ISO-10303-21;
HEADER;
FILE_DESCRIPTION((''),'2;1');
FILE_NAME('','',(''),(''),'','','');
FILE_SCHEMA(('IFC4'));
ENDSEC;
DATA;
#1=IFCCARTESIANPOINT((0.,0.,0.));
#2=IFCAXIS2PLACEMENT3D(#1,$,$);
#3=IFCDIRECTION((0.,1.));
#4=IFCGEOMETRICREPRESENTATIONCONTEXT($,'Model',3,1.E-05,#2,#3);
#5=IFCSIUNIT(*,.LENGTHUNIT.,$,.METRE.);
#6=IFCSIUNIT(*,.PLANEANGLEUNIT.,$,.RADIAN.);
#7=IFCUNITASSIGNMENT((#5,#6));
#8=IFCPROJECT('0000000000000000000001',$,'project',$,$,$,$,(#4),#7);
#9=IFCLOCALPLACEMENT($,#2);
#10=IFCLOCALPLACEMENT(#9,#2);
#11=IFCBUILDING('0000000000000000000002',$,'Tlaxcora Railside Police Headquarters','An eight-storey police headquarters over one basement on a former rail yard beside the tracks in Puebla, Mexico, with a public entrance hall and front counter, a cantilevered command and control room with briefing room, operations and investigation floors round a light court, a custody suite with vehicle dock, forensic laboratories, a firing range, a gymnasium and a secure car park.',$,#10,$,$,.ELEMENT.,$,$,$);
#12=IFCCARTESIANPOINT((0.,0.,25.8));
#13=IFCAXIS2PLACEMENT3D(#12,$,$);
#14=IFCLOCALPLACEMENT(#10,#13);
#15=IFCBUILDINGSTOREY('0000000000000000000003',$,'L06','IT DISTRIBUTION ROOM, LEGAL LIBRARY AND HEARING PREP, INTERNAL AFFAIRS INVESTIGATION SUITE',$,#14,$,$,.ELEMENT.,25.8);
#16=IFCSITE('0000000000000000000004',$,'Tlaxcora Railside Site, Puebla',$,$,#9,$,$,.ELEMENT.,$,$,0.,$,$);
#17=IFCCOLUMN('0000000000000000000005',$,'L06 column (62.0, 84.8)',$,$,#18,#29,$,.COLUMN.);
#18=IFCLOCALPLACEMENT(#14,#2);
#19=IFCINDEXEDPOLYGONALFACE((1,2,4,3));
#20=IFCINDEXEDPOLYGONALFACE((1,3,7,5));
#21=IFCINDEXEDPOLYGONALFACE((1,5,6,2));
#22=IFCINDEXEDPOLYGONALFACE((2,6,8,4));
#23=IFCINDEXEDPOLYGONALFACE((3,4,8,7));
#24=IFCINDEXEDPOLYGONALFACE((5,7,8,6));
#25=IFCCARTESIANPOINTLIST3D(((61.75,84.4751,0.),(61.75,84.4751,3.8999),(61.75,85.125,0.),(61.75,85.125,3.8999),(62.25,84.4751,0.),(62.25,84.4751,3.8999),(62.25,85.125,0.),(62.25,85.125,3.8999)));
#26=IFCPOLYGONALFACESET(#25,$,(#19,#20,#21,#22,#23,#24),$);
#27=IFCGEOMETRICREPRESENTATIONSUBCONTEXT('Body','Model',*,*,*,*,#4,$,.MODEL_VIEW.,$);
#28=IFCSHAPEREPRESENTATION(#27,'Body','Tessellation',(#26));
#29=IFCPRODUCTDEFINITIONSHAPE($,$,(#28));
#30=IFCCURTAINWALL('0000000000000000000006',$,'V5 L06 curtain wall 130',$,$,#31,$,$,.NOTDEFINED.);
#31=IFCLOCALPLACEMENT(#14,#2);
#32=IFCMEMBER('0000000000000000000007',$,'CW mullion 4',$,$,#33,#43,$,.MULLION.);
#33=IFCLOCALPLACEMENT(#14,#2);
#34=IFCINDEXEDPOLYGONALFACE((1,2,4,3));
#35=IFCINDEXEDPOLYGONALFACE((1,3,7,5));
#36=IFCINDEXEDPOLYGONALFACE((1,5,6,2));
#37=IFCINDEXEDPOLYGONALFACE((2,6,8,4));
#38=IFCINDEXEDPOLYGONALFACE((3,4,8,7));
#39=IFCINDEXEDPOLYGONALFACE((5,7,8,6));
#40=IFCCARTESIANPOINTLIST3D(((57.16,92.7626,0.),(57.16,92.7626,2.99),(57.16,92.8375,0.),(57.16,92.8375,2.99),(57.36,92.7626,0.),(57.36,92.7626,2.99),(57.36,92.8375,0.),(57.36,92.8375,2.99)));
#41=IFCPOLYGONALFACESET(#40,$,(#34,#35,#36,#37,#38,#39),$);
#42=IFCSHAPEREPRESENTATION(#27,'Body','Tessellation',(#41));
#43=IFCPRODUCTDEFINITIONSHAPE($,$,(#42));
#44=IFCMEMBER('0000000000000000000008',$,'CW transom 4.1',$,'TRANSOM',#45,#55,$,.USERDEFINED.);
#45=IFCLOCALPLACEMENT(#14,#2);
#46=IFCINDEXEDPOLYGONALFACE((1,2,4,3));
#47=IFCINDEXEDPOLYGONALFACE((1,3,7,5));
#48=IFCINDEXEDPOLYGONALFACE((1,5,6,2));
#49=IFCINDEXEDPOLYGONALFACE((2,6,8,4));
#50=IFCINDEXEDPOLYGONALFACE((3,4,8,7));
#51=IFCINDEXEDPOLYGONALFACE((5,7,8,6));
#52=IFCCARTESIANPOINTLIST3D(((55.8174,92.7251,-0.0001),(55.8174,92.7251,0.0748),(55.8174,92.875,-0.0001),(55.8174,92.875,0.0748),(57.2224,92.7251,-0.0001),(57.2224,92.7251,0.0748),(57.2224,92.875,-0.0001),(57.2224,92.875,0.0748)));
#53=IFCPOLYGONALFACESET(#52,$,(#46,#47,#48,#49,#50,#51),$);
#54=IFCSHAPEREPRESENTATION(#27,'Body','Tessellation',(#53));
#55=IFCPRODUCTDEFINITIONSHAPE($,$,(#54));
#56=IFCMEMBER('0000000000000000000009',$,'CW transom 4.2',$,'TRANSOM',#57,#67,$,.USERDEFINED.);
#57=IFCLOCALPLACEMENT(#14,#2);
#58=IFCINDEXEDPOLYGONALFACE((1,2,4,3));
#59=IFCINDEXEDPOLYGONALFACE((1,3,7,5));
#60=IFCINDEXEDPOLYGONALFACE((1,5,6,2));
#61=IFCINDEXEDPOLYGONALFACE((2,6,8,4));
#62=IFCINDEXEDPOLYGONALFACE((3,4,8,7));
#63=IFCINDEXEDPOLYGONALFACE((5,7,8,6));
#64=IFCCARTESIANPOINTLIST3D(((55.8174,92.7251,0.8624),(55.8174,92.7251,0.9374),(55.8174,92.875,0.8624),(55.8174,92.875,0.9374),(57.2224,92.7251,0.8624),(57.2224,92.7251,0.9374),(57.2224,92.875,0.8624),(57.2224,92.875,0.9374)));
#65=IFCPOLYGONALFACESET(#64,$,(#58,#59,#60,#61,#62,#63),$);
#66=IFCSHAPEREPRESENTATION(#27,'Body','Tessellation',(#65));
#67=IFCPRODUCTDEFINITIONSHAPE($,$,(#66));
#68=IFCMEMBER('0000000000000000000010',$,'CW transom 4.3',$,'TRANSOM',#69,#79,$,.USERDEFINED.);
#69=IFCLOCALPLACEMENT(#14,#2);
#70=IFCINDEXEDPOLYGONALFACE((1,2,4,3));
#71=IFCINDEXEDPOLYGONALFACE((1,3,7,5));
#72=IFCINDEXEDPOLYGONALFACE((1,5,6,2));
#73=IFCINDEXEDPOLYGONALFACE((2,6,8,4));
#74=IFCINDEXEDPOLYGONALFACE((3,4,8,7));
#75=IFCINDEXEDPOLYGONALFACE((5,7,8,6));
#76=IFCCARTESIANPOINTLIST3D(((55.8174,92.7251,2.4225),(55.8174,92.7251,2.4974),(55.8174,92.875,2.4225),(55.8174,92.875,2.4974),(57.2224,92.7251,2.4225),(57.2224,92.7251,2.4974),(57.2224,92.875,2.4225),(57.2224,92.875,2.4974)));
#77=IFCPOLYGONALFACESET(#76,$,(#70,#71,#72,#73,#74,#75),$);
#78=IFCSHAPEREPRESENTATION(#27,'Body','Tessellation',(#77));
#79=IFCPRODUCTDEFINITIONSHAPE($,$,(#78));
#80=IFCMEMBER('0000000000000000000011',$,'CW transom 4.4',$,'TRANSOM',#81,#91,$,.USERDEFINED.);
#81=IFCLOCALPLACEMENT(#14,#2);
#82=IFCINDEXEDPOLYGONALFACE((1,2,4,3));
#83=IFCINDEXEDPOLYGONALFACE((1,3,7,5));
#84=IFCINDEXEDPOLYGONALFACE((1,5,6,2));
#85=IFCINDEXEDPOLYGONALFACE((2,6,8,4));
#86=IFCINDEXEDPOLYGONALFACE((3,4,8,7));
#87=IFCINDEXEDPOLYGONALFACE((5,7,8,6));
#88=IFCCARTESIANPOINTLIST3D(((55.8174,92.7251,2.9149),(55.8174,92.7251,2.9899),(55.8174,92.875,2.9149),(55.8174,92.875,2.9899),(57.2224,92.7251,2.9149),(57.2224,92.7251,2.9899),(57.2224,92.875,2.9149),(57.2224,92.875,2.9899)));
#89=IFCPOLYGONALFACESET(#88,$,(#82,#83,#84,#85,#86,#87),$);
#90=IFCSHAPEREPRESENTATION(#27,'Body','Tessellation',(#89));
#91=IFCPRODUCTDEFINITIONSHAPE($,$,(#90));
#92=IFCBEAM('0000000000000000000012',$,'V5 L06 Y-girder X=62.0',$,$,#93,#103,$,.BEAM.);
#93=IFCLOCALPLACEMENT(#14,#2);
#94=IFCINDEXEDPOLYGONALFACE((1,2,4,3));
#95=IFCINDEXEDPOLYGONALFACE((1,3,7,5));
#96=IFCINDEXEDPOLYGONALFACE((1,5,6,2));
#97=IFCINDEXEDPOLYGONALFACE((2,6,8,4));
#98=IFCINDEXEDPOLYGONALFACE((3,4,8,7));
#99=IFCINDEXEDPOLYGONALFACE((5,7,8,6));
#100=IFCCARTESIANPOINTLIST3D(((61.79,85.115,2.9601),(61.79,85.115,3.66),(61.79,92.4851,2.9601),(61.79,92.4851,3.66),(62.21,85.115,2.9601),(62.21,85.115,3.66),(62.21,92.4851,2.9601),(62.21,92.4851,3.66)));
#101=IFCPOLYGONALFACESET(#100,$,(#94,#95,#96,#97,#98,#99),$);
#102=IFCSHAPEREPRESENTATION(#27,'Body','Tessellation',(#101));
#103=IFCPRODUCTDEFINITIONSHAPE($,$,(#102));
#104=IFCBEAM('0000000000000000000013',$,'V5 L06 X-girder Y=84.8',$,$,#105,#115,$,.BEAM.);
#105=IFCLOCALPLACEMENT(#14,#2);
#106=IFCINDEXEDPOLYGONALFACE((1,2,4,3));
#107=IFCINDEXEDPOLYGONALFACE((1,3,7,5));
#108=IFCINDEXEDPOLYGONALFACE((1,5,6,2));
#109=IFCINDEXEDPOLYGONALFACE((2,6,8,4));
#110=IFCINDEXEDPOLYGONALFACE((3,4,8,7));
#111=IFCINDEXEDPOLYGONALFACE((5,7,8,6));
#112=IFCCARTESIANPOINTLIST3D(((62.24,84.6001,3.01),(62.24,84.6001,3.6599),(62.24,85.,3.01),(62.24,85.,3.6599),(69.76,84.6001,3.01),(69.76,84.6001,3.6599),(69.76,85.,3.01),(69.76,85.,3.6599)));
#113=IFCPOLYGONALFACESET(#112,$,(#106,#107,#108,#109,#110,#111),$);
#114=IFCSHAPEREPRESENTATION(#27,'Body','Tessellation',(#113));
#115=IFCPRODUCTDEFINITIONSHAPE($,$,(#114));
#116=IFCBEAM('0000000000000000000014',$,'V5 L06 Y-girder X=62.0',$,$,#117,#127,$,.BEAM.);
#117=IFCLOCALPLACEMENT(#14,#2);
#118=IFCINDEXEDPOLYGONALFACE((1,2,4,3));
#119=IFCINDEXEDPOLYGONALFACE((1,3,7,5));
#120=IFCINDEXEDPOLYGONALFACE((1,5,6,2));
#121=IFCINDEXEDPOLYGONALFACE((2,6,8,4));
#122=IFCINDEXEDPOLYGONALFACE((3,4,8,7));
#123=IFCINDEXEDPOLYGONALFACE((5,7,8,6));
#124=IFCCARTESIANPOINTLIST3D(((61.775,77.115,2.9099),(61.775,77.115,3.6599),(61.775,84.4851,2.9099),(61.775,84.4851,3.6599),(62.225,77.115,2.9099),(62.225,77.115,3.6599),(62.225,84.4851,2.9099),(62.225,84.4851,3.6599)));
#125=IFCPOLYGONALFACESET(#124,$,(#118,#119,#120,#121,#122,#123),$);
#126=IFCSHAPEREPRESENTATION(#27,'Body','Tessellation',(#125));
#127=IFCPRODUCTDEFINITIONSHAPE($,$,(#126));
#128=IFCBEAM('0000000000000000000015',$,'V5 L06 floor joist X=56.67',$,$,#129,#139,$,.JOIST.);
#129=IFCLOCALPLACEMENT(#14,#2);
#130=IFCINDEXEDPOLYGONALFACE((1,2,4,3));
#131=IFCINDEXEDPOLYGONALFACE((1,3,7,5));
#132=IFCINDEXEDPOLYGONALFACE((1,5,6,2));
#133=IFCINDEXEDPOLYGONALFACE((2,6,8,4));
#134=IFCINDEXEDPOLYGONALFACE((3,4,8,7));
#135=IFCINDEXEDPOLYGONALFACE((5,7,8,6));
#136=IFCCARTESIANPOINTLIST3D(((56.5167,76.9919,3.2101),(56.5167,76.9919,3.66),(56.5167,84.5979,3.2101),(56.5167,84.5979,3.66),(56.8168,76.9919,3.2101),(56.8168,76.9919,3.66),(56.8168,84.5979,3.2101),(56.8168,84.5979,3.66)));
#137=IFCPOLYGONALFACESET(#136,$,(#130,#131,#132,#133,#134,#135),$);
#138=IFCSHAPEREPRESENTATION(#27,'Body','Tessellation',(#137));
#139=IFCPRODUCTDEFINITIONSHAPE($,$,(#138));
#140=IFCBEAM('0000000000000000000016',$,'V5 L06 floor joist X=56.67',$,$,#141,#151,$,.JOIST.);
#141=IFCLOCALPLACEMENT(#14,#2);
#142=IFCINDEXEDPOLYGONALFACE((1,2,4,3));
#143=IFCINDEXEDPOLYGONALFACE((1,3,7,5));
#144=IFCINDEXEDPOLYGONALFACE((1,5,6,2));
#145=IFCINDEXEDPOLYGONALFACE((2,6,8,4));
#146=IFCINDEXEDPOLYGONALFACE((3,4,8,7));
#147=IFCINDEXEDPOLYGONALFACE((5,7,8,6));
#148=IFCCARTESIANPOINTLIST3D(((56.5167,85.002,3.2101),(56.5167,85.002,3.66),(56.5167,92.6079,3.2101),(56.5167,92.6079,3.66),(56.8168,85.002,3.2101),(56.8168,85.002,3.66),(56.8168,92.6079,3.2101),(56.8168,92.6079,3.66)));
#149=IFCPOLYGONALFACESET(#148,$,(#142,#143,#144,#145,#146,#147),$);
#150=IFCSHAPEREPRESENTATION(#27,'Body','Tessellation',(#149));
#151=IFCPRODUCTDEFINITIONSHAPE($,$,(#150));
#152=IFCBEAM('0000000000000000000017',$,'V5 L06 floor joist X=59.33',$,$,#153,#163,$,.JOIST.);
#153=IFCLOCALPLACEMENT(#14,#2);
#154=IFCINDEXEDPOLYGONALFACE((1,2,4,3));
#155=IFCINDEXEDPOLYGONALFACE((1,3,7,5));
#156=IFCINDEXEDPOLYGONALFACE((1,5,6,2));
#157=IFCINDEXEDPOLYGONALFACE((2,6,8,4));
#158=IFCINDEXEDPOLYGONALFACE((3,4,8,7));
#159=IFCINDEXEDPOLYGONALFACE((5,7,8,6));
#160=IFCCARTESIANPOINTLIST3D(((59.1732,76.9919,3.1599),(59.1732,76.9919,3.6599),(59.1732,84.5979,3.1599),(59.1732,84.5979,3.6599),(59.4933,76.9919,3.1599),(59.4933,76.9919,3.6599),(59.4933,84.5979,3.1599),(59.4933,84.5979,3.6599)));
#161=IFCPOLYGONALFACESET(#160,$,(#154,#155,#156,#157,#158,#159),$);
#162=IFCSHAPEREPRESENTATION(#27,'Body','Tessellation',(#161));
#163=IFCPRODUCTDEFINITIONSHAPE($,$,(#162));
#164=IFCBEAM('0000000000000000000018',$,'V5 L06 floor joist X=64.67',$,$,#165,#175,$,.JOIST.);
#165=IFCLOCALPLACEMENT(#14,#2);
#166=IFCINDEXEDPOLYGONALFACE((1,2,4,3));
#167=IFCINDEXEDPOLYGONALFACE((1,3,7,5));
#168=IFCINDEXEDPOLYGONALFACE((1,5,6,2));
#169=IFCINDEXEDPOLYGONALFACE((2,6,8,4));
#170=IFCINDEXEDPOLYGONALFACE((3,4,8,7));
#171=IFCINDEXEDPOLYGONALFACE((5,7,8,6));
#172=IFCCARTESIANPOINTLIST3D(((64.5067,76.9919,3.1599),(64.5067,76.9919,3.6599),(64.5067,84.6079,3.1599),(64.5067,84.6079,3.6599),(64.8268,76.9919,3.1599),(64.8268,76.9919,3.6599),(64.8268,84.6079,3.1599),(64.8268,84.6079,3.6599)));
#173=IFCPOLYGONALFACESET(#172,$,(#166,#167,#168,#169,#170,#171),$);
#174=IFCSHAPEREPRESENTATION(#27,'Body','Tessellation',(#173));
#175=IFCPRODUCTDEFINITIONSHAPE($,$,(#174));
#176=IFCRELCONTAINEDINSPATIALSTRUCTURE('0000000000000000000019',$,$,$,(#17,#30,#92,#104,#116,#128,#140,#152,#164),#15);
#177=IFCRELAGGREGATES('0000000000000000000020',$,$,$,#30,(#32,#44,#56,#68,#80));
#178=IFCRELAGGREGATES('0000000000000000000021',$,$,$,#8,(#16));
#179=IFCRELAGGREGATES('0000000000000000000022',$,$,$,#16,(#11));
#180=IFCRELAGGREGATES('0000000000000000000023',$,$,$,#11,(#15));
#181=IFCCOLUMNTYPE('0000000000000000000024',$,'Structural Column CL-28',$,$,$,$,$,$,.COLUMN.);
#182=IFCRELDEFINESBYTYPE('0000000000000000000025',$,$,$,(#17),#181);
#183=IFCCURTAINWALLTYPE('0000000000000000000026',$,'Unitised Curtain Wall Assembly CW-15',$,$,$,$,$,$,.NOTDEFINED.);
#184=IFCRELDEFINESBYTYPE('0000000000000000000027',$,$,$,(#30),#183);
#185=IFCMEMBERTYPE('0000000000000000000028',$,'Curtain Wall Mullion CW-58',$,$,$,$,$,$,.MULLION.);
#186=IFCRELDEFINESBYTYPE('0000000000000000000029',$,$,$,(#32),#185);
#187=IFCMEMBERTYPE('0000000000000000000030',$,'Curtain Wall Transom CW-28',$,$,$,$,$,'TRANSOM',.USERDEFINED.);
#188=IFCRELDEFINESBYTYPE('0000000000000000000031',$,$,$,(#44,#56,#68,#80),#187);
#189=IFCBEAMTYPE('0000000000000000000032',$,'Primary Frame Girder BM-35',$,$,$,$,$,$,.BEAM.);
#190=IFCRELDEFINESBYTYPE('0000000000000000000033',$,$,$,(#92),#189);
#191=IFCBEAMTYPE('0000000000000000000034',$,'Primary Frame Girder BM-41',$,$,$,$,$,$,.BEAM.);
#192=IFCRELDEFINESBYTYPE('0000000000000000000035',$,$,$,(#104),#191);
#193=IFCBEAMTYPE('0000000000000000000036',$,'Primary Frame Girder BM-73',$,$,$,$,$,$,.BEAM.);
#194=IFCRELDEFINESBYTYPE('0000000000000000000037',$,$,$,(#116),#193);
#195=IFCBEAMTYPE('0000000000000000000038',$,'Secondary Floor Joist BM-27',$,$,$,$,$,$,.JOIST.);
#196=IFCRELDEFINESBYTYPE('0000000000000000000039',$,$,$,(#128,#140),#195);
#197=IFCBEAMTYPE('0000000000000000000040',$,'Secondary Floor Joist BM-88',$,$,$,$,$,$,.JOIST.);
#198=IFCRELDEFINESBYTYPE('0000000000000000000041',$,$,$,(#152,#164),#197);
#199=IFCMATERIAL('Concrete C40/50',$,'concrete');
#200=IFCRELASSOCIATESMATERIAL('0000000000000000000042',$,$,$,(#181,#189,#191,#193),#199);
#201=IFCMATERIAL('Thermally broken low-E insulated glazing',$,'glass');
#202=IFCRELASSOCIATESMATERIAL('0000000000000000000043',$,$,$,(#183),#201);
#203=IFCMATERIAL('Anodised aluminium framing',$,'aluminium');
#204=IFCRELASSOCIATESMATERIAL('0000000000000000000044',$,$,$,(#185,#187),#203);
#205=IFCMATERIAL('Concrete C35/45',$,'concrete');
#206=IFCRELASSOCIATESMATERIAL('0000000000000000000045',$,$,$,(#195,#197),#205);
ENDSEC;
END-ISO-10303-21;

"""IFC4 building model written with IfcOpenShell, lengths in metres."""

from ifc_helpers import new_model, si_unit, direction, frame, origin, origin_2d, place, context, subcontext, project, spatial, rectangle, extrude, material, material_profile, profile_set, type_object, element, aggregate, save


model = new_model("IFC4")

# Units and contexts
model_context = context("Model", 3, precision=1e-05, world=origin(), true_north=direction((0.0, 1.0)))
body_context = subcontext(model_context, "Body", "Model", "MODEL_VIEW")
ifc_project = project(units=[si_unit("LENGTHUNIT", "METRE"), si_unit("PLANEANGLEUNIT", "RADIAN")], contexts=[model_context])

# Site, building, storey
site_placement = place(None, origin())
site = spatial("IfcSite", under=ifc_project, at=site_placement, Name="Tlaxcora Railside Site, Puebla", CompositionType="ELEMENT", RefElevation=0.0)
building_placement = place(site_placement, origin())
building = spatial("IfcBuilding", under=site, at=building_placement, Name="Tlaxcora Railside Police Headquarters", Description="An eight-storey police headquarters over one basement on a former rail yard beside the tracks in Puebla, Mexico, with a public entrance hall and front counter, a cantilevered command and control room with briefing room, operations and investigation floors round a light court, a custody suite with vehicle dock, forensic laboratories, a firing range, a gymnasium and a secure car park.", CompositionType="ELEMENT")
storey_placement = place(building_placement, frame((0.0, 0.0, 25.8)))
storey = spatial("IfcBuildingStorey", under=building, at=storey_placement, Name="L06", Description="IT DISTRIBUTION ROOM, LEGAL LIBRARY AND HEARING PREP, INTERNAL AFFAIRS INVESTIGATION SUITE", CompositionType="ELEMENT", Elevation=25.8)

# Column
ifc_material_1 = material(Name="Concrete C40/50", Category="concrete")
ifc_material_profile_1 = material_profile(ifc_material_1, rectangle(XDim=0.5, YDim=0.6499, at=origin_2d()), Name="RC500X650")
ifc_profile_set_1 = profile_set([ifc_material_profile_1], Name="Concrete C40/50")
column_type = type_object("IfcColumnType", Name="Structural Column CL-28", PredefinedType="COLUMN", material=ifc_profile_set_1)
column_placement = place(storey_placement, frame((62.0, 84.8, 0.0), z_axis=(0.0, 0.0, 1.0), x_axis=(1.0, 0.0, 0.0)))
element("IfcColumn", 1, at=column_placement, inside=storey, type_object=column_type, Name="L06 column (62.0, 84.8)", PredefinedType="COLUMN", context=body_context, shape_type="SweptSolid", body=[
    extrude(rectangle(XDim=0.5, YDim=0.6499, at=origin_2d()), origin(), (0.0, 0.0, 1.0), 3.8999),
])

# Curtain wall, members
ifc_material_2 = material(Name="Thermally broken low-E insulated glazing", Category="glass")
curtain_wall_type_1 = type_object("IfcCurtainWallType", Name="Unitised Curtain Wall Assembly CW-15", PredefinedType="NOTDEFINED", material=ifc_material_2)
curtain_wall_1_placement = place(storey_placement, origin())
curtain_wall_1 = element("IfcCurtainWall", 2, at=curtain_wall_1_placement, inside=storey, type_object=curtain_wall_type_1, Name="V5 L06 curtain wall 130", PredefinedType="NOTDEFINED")
ifc_material_3 = material(Name="Anodised aluminium framing", Category="aluminium")
ifc_material_profile_2 = material_profile(ifc_material_3, rectangle(XDim=0.075, YDim=0.2, at=origin_2d()), Name="AL75X200")
ifc_profile_set_2 = profile_set([ifc_material_profile_2], Name="Anodised aluminium framing")
member_type_1 = type_object("IfcMemberType", Name="Curtain Wall Mullion CW-58", PredefinedType="MULLION", material=ifc_profile_set_2)
member_1_placement = place(storey_placement, frame((57.26, 92.8, 0.0), z_axis=(0.0, 0.0, 1.0), x_axis=(0.0, -1.0, 0.0)))
member_1 = element("IfcMember", 3, at=member_1_placement, type_object=member_type_1, Name="CW mullion 4", PredefinedType="MULLION", context=body_context, shape_type="SweptSolid", body=[
    extrude(rectangle(XDim=0.075, YDim=0.2, at=origin_2d()), origin(), (0.0, 0.0, 1.0), 2.99),
])
ifc_material_profile_3 = material_profile(ifc_material_3, rectangle(XDim=0.1499, YDim=0.075, at=origin_2d()), Name="AL75X150")
ifc_profile_set_3 = profile_set([ifc_material_profile_3], Name="Anodised aluminium framing")
member_type_2 = type_object("IfcMemberType", Name="Curtain Wall Transom CW-28", ElementType="TRANSOM", PredefinedType="USERDEFINED", material=ifc_profile_set_3)
member_2_placement = place(storey_placement, frame((57.2224, 92.8, 0.0374), z_axis=(-1.0, 0.0, 0.0), x_axis=(0.0, -1.0, 0.0)))
member_2 = element("IfcMember", 4, at=member_2_placement, type_object=member_type_2, Name="CW transom 4.1", ObjectType="TRANSOM", PredefinedType="USERDEFINED", context=body_context, shape_type="SweptSolid", body=[
    extrude(rectangle(XDim=0.1499, YDim=0.075, at=origin_2d()), origin(), (0.0, 0.0, 1.0), 1.405),
])
member_3_placement = place(storey_placement, frame((57.2224, 92.8, 0.8999), z_axis=(-1.0, 0.0, 0.0), x_axis=(0.0, -1.0, 0.0)))
member_3 = element("IfcMember", 5, at=member_3_placement, type_object=member_type_2, Name="CW transom 4.2", ObjectType="TRANSOM", PredefinedType="USERDEFINED", context=body_context, shape_type="SweptSolid", body=[
    extrude(rectangle(XDim=0.1499, YDim=0.075, at=origin_2d()), origin(), (0.0, 0.0, 1.0), 1.405),
])
member_4_placement = place(storey_placement, frame((57.2224, 92.8, 2.46), z_axis=(-1.0, 0.0, 0.0), x_axis=(0.0, -1.0, 0.0)))
member_4 = element("IfcMember", 6, at=member_4_placement, type_object=member_type_2, Name="CW transom 4.3", ObjectType="TRANSOM", PredefinedType="USERDEFINED", context=body_context, shape_type="SweptSolid", body=[
    extrude(rectangle(XDim=0.1499, YDim=0.075, at=origin_2d()), origin(), (0.0, 0.0, 1.0), 1.405),
])
member_5_placement = place(storey_placement, frame((57.2224, 92.8, 2.9524), z_axis=(-1.0, 0.0, 0.0), x_axis=(0.0, -1.0, 0.0)))
member_5 = element("IfcMember", 7, at=member_5_placement, type_object=member_type_2, Name="CW transom 4.4", ObjectType="TRANSOM", PredefinedType="USERDEFINED", context=body_context, shape_type="SweptSolid", body=[
    extrude(rectangle(XDim=0.1499, YDim=0.075, at=origin_2d()), origin(), (0.0, 0.0, 1.0), 1.405),
])

# Beams
ifc_material_profile_4 = material_profile(ifc_material_1, rectangle(XDim=0.4199, YDim=0.7, at=origin_2d()), Name="RC420X700")
ifc_profile_set_4 = profile_set([ifc_material_profile_4], Name="Concrete C40/50")
beam_type_1 = type_object("IfcBeamType", Name="Primary Frame Girder BM-35", PredefinedType="BEAM", material=ifc_profile_set_4)
beam_1_placement = place(storey_placement, frame((62.0, 85.115, 3.3101), z_axis=(0.0, 1.0, 0.0), x_axis=(-1.0, 0.0, 0.0)))
element("IfcBeam", 8, at=beam_1_placement, inside=storey, type_object=beam_type_1, Name="V5 L06 Y-girder X=62.0", PredefinedType="BEAM", context=body_context, shape_type="SweptSolid", body=[
    extrude(rectangle(XDim=0.4199, YDim=0.7, at=origin_2d()), origin(), (0.0, 0.0, 1.0), 7.3701),
])
ifc_material_profile_5 = material_profile(ifc_material_1, rectangle(XDim=0.3999, YDim=0.6499, at=origin_2d()), Name="RC400X650")
ifc_profile_set_5 = profile_set([ifc_material_profile_5], Name="Concrete C40/50")
beam_type_2 = type_object("IfcBeamType", Name="Primary Frame Girder BM-41", PredefinedType="BEAM", material=ifc_profile_set_5)
beam_2_placement = place(storey_placement, frame((62.24, 84.8, 3.335), z_axis=(1.0, 0.0, 0.0), x_axis=(0.0, 1.0, 0.0)))
element("IfcBeam", 9, at=beam_2_placement, inside=storey, type_object=beam_type_2, Name="V5 L06 X-girder Y=84.8", PredefinedType="BEAM", context=body_context, shape_type="SweptSolid", body=[
    extrude(rectangle(XDim=0.3999, YDim=0.6499, at=origin_2d()), origin(), (0.0, 0.0, 1.0), 7.52),
])
ifc_material_profile_6 = material_profile(ifc_material_1, rectangle(XDim=0.45, YDim=0.75, at=origin_2d()), Name="RC450X750")
ifc_profile_set_6 = profile_set([ifc_material_profile_6], Name="Concrete C40/50")
beam_type_3 = type_object("IfcBeamType", Name="Primary Frame Girder BM-73", PredefinedType="BEAM", material=ifc_profile_set_6)
beam_3_placement = place(storey_placement, frame((62.0, 77.115, 3.2849), z_axis=(0.0, 1.0, 0.0), x_axis=(-1.0, 0.0, 0.0)))
element("IfcBeam", 10, at=beam_3_placement, inside=storey, type_object=beam_type_3, Name="V5 L06 Y-girder X=62.0", PredefinedType="BEAM", context=body_context, shape_type="SweptSolid", body=[
    extrude(rectangle(XDim=0.45, YDim=0.75, at=origin_2d()), origin(), (0.0, 0.0, 1.0), 7.3701),
])
ifc_material_4 = material(Name="Concrete C35/45", Category="concrete")
ifc_material_profile_7 = material_profile(ifc_material_4, rectangle(XDim=0.3, YDim=0.45, at=origin_2d()), Name="RC300X450")
ifc_profile_set_7 = profile_set([ifc_material_profile_7], Name="Concrete C35/45")
beam_type_4 = type_object("IfcBeamType", Name="Secondary Floor Joist BM-27", PredefinedType="JOIST", material=ifc_profile_set_7)
for number, where, z_axis, x_axis, name in (
    (11, (56.6667, 76.9919, 3.4351), (0.0, 1.0, 0.0), (-1.0, 0.0, 0.0), "V5 L06 floor joist X=56.67"),
    (12, (56.6667, 85.002, 3.4351), (0.0, 1.0, 0.0), (-1.0, 0.0, 0.0), "V5 L06 floor joist X=56.67"),
):
    element("IfcBeam", number, at=place(storey_placement, frame(where, z_axis=z_axis, x_axis=x_axis)), inside=storey, type_object=beam_type_4, Name=name, PredefinedType="JOIST", context=body_context, shape_type="SweptSolid", body=[
        extrude(rectangle(XDim=0.3, YDim=0.45, at=origin_2d()), origin(), (0.0, 0.0, 1.0), 7.606),
    ])
ifc_material_profile_8 = material_profile(ifc_material_4, rectangle(XDim=0.3201, YDim=0.5, at=origin_2d()), Name="RC320X500")
ifc_profile_set_8 = profile_set([ifc_material_profile_8], Name="Concrete C35/45")
beam_type_5 = type_object("IfcBeamType", Name="Secondary Floor Joist BM-88", PredefinedType="JOIST", material=ifc_profile_set_8)
beam_4_placement = place(storey_placement, frame((59.3333, 76.9919, 3.4099), z_axis=(0.0, 1.0, 0.0), x_axis=(-1.0, 0.0, 0.0)))
element("IfcBeam", 13, at=beam_4_placement, inside=storey, type_object=beam_type_5, Name="V5 L06 floor joist X=59.33", PredefinedType="JOIST", context=body_context, shape_type="SweptSolid", body=[
    extrude(rectangle(XDim=0.3201, YDim=0.5, at=origin_2d()), origin(), (0.0, 0.0, 1.0), 7.606),
])
beam_5_placement = place(storey_placement, frame((64.6667, 76.9919, 3.4099), z_axis=(0.0, 1.0, 0.0), x_axis=(-1.0, 0.0, 0.0)))
element("IfcBeam", 14, at=beam_5_placement, inside=storey, type_object=beam_type_5, Name="V5 L06 floor joist X=64.67", PredefinedType="JOIST", context=body_context, shape_type="SweptSolid", body=[
    extrude(rectangle(XDim=0.3201, YDim=0.5, at=origin_2d()), origin(), (0.0, 0.0, 1.0), 7.616),
])

aggregate(curtain_wall_1, [member_1, member_2, member_3, member_4, member_5])

save(model, "model.ifc")
